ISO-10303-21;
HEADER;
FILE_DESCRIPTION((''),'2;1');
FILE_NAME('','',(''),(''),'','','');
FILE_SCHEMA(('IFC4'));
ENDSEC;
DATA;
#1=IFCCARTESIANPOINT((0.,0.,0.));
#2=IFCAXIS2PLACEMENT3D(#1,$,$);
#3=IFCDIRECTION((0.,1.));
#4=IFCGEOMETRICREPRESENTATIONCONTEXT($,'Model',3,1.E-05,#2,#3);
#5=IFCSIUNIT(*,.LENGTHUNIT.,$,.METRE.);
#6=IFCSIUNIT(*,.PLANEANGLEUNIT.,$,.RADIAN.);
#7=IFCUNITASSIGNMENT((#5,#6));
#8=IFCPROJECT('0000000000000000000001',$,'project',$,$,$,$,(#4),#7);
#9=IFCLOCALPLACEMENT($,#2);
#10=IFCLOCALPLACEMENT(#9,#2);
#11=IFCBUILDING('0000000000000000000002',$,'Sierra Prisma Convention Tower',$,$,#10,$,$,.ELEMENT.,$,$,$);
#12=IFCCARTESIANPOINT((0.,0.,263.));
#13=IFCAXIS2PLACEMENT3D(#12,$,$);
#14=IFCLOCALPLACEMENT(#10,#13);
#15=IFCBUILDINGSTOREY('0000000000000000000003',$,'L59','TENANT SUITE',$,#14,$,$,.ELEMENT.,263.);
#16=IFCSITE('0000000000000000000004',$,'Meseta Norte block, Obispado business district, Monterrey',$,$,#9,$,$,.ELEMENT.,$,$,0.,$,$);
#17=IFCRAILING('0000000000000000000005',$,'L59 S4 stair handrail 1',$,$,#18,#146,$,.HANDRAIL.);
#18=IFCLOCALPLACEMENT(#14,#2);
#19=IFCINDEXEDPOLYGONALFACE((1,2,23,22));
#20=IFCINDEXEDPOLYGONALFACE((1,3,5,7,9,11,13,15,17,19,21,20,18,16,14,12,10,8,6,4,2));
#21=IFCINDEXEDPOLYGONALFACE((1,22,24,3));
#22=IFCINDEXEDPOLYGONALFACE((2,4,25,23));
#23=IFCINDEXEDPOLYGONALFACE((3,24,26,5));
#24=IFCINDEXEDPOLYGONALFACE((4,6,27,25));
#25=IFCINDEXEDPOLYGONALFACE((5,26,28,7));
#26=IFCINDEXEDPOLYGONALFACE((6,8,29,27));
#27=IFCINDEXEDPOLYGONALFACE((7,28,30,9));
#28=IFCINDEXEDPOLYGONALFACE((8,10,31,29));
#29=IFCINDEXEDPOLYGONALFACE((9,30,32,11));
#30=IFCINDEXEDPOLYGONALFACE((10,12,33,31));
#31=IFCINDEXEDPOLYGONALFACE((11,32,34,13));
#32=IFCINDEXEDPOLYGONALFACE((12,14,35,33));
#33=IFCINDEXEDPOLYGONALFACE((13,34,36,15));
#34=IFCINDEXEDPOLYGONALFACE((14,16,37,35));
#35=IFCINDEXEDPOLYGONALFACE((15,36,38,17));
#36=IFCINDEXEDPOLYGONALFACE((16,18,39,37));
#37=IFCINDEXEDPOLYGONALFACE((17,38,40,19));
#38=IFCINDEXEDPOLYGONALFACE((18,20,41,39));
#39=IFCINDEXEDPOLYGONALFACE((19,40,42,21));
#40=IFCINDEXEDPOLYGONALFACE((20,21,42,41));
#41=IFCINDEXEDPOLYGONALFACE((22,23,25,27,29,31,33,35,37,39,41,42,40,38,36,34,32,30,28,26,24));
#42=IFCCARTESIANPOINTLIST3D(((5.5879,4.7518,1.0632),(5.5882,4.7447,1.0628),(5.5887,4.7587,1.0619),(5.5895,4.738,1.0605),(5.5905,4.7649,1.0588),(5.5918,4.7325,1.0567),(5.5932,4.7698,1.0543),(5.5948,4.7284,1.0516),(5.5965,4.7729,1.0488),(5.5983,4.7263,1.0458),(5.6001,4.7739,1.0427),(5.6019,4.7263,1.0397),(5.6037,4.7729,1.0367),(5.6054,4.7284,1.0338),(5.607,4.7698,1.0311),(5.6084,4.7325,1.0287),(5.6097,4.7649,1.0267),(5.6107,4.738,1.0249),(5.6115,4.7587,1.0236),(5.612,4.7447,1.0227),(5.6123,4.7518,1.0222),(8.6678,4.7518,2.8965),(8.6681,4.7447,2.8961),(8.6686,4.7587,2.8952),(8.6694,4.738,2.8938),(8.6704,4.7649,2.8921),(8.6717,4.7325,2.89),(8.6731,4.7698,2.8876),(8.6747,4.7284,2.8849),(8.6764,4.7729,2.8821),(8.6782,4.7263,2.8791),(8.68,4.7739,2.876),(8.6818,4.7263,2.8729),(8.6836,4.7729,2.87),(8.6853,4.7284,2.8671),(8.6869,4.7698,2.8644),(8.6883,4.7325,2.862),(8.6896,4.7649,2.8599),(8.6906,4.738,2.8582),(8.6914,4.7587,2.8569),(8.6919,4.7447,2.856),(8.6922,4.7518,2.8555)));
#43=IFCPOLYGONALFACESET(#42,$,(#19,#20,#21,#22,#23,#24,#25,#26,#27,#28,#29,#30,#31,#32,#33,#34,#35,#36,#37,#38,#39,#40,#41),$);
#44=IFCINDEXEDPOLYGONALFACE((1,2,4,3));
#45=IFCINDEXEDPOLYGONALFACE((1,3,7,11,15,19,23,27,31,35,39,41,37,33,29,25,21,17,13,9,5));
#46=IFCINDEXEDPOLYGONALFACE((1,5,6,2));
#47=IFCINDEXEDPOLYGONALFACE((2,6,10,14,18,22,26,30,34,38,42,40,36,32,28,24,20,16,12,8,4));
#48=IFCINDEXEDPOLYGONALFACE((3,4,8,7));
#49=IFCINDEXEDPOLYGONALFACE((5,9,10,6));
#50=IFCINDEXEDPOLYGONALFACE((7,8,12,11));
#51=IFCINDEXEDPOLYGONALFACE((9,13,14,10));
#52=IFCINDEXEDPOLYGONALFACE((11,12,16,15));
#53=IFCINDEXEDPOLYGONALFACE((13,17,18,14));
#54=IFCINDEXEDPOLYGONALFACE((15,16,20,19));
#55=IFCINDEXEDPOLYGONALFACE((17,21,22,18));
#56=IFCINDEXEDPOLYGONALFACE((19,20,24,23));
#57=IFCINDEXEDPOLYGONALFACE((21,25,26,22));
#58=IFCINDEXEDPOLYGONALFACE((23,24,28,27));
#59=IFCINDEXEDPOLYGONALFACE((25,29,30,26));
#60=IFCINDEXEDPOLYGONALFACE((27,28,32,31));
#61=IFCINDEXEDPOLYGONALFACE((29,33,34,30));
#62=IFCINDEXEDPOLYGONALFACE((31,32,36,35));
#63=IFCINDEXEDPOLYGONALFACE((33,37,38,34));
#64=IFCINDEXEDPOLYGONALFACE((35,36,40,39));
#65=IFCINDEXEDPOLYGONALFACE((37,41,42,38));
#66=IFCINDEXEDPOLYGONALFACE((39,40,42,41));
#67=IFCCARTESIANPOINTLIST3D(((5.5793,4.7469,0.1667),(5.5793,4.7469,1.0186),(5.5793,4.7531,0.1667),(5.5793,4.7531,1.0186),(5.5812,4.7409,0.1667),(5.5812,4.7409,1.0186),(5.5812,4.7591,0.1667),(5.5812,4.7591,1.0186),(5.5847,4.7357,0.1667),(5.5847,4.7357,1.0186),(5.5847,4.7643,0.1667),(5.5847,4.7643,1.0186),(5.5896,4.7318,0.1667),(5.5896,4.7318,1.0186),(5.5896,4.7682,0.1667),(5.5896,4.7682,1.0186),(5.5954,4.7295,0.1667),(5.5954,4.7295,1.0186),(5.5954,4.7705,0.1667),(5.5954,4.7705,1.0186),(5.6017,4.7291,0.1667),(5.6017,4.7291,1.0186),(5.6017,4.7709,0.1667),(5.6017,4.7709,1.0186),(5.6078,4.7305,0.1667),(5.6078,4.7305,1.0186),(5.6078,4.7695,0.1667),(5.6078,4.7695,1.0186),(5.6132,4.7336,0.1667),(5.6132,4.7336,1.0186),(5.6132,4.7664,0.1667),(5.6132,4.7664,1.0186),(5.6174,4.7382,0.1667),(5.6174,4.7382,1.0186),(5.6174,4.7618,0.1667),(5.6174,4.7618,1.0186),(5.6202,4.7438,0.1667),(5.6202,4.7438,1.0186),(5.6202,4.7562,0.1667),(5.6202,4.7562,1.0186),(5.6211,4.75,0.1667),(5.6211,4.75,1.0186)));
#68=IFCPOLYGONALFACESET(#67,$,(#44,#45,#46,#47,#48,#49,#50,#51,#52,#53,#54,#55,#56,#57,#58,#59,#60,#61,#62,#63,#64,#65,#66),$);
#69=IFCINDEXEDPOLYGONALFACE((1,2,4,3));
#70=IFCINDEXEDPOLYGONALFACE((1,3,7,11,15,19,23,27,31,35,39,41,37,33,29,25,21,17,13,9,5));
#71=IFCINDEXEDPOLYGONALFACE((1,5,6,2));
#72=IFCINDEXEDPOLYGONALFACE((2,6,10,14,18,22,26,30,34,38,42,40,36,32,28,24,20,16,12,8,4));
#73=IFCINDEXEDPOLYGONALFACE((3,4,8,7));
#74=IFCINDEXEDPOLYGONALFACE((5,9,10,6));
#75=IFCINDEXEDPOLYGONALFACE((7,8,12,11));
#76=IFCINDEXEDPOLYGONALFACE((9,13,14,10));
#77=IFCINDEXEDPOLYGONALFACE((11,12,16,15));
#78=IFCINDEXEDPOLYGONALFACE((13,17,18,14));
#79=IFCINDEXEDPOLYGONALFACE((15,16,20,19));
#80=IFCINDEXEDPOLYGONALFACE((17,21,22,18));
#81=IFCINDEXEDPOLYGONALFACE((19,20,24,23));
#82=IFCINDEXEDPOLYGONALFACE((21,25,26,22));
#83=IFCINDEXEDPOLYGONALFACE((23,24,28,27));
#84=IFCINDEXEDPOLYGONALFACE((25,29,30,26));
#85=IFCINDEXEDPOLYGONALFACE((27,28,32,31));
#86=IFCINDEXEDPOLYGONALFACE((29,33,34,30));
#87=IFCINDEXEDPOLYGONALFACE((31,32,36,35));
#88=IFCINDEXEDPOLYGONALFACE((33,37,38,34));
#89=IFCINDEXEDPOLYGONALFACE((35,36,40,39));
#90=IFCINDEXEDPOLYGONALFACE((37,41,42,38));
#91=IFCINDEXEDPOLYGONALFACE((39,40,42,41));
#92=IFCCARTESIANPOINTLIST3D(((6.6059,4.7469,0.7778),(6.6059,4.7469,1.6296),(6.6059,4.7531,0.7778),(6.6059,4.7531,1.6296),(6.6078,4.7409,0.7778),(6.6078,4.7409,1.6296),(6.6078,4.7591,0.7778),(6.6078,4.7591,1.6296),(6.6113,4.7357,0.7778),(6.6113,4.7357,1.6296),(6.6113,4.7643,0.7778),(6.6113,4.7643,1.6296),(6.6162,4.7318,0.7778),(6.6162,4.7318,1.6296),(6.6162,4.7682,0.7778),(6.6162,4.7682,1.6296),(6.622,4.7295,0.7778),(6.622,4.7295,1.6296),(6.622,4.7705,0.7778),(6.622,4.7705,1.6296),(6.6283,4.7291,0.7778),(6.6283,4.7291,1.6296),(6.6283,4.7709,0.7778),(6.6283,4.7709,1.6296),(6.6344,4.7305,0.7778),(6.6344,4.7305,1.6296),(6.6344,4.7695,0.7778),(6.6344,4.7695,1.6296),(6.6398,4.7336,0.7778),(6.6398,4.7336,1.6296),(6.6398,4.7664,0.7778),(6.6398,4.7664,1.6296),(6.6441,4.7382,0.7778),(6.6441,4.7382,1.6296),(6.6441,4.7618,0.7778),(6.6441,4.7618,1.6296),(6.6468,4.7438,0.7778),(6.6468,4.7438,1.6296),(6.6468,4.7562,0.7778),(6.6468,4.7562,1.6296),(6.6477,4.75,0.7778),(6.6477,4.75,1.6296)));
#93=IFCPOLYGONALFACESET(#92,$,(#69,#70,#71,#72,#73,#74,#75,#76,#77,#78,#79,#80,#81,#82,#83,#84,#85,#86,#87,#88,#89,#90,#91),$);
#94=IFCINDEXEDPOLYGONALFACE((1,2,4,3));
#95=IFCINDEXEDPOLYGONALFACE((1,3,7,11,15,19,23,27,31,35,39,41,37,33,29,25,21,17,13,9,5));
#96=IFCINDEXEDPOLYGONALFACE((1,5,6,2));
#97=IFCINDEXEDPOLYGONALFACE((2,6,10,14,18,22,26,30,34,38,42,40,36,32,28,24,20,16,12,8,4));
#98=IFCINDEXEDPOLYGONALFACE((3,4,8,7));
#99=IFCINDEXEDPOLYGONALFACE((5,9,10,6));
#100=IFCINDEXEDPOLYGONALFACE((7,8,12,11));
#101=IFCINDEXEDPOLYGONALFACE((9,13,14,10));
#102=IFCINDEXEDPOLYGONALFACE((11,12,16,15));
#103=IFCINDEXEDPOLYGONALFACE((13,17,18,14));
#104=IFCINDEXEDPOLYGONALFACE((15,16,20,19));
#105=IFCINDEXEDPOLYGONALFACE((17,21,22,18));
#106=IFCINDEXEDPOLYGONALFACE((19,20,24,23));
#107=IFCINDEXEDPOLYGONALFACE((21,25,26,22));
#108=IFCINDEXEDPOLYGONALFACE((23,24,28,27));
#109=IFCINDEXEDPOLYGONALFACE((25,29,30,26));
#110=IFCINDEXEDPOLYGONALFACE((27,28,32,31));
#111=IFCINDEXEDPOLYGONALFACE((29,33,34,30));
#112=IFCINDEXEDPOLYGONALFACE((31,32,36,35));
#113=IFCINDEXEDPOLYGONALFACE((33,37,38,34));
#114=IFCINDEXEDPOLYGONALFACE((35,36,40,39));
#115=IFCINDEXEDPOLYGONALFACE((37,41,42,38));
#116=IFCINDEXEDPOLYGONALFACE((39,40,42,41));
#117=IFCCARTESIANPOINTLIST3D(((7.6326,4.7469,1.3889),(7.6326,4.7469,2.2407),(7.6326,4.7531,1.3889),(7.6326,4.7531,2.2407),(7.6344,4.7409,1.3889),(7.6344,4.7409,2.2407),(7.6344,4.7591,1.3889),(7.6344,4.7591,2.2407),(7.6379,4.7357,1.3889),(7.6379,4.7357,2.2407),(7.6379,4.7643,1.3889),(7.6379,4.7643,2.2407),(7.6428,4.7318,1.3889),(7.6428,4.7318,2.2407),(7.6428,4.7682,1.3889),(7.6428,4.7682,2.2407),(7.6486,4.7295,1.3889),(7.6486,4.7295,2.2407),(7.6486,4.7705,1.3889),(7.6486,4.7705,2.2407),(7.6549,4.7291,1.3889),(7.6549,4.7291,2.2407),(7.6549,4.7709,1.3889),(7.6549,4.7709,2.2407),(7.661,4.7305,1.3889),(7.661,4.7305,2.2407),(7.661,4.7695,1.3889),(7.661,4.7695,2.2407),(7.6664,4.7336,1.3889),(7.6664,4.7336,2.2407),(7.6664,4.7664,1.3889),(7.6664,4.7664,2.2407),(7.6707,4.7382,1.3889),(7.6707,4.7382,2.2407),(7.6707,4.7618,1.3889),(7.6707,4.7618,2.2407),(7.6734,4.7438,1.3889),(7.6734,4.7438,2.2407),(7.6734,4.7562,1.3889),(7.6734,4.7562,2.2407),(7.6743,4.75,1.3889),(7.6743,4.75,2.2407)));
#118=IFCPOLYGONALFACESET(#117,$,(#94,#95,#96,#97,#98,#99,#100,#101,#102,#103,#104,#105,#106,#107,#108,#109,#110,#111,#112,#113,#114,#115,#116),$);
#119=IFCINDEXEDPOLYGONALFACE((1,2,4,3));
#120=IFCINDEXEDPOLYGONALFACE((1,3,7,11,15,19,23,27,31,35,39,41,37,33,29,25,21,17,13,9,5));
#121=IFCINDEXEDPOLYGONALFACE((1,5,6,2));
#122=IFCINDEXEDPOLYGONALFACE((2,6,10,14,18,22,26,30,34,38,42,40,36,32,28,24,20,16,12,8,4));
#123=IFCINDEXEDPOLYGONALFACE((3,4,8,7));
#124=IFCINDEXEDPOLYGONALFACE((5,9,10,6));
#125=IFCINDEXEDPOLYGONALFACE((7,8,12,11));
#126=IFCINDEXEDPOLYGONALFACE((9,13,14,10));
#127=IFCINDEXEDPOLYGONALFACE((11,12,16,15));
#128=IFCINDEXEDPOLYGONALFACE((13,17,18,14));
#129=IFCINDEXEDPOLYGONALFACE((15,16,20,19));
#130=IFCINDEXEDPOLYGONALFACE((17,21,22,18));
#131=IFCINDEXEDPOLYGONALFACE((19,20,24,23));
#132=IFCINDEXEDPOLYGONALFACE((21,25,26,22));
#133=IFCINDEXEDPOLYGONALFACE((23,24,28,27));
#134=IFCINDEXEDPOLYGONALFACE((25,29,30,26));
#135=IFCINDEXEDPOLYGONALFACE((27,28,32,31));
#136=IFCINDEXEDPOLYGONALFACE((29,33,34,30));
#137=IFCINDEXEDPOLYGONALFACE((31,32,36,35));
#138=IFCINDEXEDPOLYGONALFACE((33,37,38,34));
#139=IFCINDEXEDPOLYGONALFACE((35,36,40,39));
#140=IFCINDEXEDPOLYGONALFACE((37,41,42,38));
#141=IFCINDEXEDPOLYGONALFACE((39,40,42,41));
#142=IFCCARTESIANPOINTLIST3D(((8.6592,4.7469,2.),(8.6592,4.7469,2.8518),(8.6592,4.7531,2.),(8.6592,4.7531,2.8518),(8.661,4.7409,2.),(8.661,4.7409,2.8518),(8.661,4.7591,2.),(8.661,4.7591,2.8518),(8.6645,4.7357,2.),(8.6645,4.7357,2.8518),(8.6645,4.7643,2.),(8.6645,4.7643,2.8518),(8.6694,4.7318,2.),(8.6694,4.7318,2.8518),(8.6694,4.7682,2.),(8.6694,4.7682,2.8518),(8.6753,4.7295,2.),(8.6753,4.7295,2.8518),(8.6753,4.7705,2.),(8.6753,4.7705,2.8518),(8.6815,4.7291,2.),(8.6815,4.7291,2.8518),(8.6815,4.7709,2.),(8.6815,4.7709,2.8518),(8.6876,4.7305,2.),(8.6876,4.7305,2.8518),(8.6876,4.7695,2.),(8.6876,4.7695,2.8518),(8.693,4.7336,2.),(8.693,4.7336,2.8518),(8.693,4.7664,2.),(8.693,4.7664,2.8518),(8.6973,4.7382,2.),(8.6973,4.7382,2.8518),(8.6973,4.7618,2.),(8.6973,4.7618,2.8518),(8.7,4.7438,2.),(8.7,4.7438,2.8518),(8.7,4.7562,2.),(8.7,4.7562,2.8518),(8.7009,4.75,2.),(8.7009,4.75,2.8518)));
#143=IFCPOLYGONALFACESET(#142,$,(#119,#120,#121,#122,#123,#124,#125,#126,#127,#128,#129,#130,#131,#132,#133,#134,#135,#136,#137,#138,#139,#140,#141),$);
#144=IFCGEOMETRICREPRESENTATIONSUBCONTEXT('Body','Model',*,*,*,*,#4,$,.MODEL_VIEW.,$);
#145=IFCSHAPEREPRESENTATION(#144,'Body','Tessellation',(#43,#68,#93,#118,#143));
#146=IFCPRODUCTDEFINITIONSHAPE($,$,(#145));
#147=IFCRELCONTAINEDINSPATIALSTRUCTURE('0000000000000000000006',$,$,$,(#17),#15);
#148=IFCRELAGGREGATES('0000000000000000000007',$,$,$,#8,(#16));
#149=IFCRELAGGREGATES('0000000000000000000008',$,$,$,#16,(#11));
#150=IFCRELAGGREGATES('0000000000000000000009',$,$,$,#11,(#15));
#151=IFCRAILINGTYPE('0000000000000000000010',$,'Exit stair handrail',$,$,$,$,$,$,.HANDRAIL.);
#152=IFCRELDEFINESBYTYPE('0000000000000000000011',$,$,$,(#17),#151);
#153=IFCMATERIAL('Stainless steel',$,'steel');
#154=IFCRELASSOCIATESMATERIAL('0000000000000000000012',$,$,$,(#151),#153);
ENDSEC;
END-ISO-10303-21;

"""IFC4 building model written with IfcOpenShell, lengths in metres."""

from ifc_helpers import new_model, si_unit, direction, frame, origin, origin_2d, place, context, subcontext, project, spatial, circle, extrude, material, type_object, element, save


model = new_model("IFC4")

# Units and contexts
model_context = context("Model", 3, precision=1e-05, world=origin(), true_north=direction((0.0, 1.0)))
body_context = subcontext(model_context, "Body", "Model", "MODEL_VIEW")
ifc_project = project(units=[si_unit("LENGTHUNIT", "METRE"), si_unit("PLANEANGLEUNIT", "RADIAN")], contexts=[model_context])

# Site, building, storey
site_placement = place(None, origin())
site = spatial("IfcSite", under=ifc_project, at=site_placement, Name="Meseta Norte block, Obispado business district, Monterrey", CompositionType="ELEMENT", RefElevation=0.0)
building_placement = place(site_placement, origin())
building = spatial("IfcBuilding", under=site, at=building_placement, Name="Sierra Prisma Convention Tower", CompositionType="ELEMENT")
storey_placement = place(building_placement, frame((0.0, 0.0, 263.0)))
storey = spatial("IfcBuildingStorey", under=building, at=storey_placement, Name="L59", Description="TENANT SUITE", CompositionType="ELEMENT", Elevation=263.0)

# Railing
ifc_material_1 = material(Name="Stainless steel", Category="steel")
railing_type_1 = type_object("IfcRailingType", Name="Exit stair handrail", PredefinedType="HANDRAIL", material=ifc_material_1)
railing_1_placement = place(storey_placement, frame((5.6001, 4.75, 0.1667)))
element("IfcRailing", 1, at=railing_1_placement, inside=storey, type_object=railing_type_1, Name="L59 S4 stair handrail 1", PredefinedType="HANDRAIL", context=body_context, shape_type="SweptSolid", body=[
    extrude(circle(Radius=0.0239, at=origin_2d()), frame((0.0, 0.0, 0.876), z_axis=(0.859291, 0.0, 0.511487), x_axis=(0.0, 1.0, 0.0)), (0.0, 0.0, 1.0), 3.5842),
    extrude(circle(Radius=0.021, at=origin_2d()), origin(), (0.0, 0.0, 1.0), 0.8518),
    extrude(circle(Radius=0.021, at=origin_2d()), frame((1.0266, 0.0, 0.6111)), (0.0, 0.0, 1.0), 0.8518),
    extrude(circle(Radius=0.021, at=origin_2d()), frame((2.0532, 0.0, 1.2222)), (0.0, 0.0, 1.0), 0.8518),
    extrude(circle(Radius=0.021, at=origin_2d()), frame((3.0798, 0.0, 1.8333)), (0.0, 0.0, 1.0), 0.8518),
])

save(model, "model.ifc")
